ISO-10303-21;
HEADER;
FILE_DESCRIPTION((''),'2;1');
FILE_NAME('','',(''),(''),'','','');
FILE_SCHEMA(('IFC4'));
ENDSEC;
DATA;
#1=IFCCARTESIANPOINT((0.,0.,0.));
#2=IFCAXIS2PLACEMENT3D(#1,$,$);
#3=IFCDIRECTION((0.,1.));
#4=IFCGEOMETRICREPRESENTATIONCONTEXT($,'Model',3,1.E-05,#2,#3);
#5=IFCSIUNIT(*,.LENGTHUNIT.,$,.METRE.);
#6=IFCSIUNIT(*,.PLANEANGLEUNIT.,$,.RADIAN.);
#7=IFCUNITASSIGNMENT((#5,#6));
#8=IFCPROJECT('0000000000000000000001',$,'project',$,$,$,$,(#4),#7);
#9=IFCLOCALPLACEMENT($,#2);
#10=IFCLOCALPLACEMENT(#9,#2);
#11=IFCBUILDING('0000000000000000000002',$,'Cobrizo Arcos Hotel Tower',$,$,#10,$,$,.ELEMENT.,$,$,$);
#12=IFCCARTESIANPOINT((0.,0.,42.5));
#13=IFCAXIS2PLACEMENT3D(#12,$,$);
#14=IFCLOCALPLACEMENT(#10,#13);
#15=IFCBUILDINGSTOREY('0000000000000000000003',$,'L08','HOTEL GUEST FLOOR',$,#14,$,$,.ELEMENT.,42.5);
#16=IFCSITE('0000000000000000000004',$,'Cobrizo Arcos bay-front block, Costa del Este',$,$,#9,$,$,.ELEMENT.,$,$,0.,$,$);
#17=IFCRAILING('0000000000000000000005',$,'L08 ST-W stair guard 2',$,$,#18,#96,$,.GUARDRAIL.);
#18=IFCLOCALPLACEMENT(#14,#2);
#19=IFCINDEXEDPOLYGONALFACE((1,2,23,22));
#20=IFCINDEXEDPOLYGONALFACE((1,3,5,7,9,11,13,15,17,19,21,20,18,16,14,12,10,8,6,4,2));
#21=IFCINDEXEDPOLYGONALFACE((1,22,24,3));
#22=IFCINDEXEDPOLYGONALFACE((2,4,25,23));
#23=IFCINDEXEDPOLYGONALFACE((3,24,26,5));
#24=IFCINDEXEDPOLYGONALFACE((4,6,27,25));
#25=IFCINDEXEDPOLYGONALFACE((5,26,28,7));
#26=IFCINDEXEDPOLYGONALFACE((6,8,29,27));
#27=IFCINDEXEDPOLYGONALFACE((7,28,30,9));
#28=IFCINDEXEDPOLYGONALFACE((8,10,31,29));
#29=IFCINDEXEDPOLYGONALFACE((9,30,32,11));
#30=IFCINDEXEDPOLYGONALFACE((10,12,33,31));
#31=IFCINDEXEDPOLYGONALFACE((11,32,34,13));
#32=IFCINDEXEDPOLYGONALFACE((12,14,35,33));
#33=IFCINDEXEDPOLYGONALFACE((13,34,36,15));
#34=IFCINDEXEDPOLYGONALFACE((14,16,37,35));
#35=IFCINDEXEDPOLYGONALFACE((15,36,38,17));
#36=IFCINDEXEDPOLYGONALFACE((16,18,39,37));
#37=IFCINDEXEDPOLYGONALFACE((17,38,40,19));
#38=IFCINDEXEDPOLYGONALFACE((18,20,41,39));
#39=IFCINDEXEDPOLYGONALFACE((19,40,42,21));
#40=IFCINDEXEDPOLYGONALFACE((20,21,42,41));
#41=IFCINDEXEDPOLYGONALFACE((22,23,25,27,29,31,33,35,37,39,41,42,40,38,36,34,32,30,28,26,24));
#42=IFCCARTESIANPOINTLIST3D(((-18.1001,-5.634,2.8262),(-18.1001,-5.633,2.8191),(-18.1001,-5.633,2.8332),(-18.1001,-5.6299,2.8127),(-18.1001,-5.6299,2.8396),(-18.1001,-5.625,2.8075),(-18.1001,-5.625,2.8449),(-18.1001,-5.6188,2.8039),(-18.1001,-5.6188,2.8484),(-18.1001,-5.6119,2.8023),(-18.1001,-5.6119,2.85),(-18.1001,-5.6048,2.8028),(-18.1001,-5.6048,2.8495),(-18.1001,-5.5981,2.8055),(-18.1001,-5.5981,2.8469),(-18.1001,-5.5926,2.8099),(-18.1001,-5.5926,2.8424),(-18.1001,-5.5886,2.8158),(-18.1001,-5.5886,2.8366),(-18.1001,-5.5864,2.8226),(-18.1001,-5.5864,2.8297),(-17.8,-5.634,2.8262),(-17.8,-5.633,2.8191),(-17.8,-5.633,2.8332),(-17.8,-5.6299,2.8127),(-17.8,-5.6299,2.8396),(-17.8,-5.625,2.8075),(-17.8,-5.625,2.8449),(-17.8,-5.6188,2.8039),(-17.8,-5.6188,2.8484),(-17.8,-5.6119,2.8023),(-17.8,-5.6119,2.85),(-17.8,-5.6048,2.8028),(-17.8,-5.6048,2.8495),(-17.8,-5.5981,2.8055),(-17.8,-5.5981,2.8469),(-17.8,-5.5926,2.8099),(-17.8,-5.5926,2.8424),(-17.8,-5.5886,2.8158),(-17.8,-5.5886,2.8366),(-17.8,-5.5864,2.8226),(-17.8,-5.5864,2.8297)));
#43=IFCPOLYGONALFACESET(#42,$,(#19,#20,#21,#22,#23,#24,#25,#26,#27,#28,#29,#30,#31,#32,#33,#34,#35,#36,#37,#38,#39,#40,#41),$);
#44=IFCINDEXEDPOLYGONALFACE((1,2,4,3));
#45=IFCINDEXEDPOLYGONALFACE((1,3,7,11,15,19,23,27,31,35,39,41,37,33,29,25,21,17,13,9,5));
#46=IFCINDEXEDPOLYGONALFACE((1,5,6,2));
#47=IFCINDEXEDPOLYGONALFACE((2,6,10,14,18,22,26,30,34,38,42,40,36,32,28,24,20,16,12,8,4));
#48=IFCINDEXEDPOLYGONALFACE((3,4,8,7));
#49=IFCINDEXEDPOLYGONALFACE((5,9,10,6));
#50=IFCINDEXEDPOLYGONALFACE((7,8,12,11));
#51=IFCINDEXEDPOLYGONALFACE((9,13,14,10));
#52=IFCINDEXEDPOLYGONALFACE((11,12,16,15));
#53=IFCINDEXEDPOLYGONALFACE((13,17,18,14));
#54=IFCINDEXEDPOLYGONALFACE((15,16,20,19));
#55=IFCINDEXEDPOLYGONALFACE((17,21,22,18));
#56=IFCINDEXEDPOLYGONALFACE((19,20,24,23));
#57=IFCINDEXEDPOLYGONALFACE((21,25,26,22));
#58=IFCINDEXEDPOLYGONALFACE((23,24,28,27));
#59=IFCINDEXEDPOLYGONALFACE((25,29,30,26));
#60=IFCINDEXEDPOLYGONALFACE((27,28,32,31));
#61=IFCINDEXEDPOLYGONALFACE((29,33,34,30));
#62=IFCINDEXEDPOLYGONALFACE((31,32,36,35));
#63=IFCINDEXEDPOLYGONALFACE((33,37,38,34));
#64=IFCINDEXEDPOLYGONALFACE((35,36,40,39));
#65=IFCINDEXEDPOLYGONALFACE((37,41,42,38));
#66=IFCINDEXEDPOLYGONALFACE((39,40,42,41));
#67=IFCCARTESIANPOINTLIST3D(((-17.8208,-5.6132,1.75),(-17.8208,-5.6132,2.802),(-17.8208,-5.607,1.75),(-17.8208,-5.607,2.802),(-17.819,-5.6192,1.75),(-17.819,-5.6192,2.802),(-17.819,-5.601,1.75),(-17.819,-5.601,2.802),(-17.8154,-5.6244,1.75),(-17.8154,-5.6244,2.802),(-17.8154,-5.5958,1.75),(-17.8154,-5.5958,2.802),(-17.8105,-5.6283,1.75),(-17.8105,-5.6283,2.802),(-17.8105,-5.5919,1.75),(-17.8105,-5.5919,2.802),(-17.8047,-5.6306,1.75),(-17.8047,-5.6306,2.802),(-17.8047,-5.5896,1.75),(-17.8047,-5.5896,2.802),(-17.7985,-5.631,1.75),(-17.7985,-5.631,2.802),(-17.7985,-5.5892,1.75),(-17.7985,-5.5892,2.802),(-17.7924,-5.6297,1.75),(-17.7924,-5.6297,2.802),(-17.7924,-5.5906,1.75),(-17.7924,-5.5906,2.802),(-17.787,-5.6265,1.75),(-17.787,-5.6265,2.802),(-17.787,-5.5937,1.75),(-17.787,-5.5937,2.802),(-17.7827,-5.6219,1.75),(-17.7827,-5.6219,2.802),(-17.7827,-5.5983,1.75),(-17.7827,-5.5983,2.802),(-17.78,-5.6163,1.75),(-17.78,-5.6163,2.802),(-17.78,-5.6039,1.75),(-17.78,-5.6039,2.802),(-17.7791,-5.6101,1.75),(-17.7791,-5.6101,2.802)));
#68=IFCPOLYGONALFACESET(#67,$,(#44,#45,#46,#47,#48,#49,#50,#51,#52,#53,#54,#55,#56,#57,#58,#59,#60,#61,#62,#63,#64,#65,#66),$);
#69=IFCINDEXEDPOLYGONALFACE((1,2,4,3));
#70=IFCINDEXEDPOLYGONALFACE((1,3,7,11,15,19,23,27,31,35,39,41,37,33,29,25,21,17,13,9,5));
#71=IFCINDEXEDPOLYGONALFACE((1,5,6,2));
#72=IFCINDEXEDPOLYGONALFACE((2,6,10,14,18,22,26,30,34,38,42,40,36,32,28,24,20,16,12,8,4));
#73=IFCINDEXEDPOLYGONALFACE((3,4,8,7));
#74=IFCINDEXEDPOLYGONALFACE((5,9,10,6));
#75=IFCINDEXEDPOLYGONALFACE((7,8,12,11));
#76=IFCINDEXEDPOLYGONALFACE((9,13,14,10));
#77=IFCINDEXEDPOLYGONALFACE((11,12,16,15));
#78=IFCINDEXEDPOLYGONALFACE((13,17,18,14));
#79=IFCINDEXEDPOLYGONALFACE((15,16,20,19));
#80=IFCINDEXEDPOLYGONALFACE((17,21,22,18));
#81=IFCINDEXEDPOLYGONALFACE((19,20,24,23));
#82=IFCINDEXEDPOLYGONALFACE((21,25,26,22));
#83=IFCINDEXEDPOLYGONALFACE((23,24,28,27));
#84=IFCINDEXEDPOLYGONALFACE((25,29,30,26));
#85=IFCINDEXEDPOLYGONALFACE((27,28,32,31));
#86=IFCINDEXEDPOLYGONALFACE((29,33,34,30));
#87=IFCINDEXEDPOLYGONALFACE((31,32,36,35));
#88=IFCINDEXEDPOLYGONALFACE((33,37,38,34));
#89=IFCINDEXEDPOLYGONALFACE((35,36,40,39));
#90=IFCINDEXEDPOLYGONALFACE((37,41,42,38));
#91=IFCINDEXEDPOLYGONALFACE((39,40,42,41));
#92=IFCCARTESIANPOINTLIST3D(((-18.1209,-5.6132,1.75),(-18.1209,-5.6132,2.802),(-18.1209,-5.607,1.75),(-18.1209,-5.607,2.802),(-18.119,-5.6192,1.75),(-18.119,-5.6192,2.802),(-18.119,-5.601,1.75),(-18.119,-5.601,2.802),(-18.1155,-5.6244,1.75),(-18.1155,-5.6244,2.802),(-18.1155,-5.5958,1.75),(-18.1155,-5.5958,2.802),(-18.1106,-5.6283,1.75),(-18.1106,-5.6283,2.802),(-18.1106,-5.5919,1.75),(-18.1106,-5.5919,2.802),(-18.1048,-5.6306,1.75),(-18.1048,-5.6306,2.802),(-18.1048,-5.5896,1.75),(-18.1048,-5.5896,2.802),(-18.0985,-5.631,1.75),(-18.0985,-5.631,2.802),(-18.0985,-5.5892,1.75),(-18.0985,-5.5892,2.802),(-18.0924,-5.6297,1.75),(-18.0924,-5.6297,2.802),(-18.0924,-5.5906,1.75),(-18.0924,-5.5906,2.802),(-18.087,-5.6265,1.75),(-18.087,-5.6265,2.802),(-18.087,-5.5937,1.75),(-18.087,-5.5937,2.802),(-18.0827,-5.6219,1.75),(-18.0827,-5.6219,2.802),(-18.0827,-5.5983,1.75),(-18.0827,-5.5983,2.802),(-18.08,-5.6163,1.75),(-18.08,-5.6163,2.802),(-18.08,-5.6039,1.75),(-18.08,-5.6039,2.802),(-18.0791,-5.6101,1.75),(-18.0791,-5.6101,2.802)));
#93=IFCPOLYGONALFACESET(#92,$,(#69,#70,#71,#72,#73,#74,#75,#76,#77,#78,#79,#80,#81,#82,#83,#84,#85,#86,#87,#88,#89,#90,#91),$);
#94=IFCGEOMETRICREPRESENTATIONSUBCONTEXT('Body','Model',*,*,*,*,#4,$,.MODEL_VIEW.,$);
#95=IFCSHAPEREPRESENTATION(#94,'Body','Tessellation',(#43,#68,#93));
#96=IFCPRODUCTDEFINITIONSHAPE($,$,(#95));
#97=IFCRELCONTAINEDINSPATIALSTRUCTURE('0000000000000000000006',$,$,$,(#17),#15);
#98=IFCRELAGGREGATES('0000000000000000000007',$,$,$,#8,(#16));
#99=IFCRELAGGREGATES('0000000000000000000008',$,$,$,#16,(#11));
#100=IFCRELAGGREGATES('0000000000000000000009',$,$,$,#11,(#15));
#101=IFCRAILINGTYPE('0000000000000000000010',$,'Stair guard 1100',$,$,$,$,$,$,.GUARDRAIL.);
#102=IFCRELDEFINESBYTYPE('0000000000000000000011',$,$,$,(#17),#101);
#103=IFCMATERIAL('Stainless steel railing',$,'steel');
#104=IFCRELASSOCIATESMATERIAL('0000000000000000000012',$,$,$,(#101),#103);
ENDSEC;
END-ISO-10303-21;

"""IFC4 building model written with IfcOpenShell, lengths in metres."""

from ifc_helpers import new_model, si_unit, direction, frame, origin, origin_2d, place, context, subcontext, project, spatial, circle, extrude, material, type_object, element, save


model = new_model("IFC4")

# Units and contexts
model_context = context("Model", 3, precision=1e-05, world=origin(), true_north=direction((0.0, 1.0)))
body_context = subcontext(model_context, "Body", "Model", "MODEL_VIEW")
ifc_project = project(units=[si_unit("LENGTHUNIT", "METRE"), si_unit("PLANEANGLEUNIT", "RADIAN")], contexts=[model_context])

# Site, building, storey
site_placement = place(None, origin())
site = spatial("IfcSite", under=ifc_project, at=site_placement, Name="Cobrizo Arcos bay-front block, Costa del Este", CompositionType="ELEMENT", RefElevation=0.0)
building_placement = place(site_placement, origin())
building = spatial("IfcBuilding", under=site, at=building_placement, Name="Cobrizo Arcos Hotel Tower", CompositionType="ELEMENT")
storey_placement = place(building_placement, frame((0.0, 0.0, 42.5)))
storey = spatial("IfcBuildingStorey", under=building, at=storey_placement, Name="L08", Description="HOTEL GUEST FLOOR", CompositionType="ELEMENT", Elevation=42.5)

# Railing
ifc_material_1 = material(Name="Stainless steel railing", Category="steel")
railing_type_1 = type_object("IfcRailingType", Name="Stair guard 1100", PredefinedType="GUARDRAIL", material=ifc_material_1)
railing_1_placement = place(storey_placement, frame((-17.8, -5.6101, 1.75)))
element("IfcRailing", 1, at=railing_1_placement, inside=storey, type_object=railing_type_1, Name="L08 ST-W stair guard 2", PredefinedType="GUARDRAIL", context=body_context, shape_type="SweptSolid", body=[
    extrude(circle(Radius=0.0239, at=origin_2d()), frame((0.0, 0.0, 1.0762), z_axis=(-1.0, 0.0, 0.0), x_axis=(0.0, -1.0, 0.0)), (0.0, 0.0, 1.0), 0.3),
    extrude(circle(Radius=0.021, at=origin_2d()), origin(), (0.0, 0.0, 1.0), 1.052),
    extrude(circle(Radius=0.021, at=origin_2d()), frame((-0.3, 0.0, 0.0)), (0.0, 0.0, 1.0), 1.052),
])

save(model, "model.ifc")
